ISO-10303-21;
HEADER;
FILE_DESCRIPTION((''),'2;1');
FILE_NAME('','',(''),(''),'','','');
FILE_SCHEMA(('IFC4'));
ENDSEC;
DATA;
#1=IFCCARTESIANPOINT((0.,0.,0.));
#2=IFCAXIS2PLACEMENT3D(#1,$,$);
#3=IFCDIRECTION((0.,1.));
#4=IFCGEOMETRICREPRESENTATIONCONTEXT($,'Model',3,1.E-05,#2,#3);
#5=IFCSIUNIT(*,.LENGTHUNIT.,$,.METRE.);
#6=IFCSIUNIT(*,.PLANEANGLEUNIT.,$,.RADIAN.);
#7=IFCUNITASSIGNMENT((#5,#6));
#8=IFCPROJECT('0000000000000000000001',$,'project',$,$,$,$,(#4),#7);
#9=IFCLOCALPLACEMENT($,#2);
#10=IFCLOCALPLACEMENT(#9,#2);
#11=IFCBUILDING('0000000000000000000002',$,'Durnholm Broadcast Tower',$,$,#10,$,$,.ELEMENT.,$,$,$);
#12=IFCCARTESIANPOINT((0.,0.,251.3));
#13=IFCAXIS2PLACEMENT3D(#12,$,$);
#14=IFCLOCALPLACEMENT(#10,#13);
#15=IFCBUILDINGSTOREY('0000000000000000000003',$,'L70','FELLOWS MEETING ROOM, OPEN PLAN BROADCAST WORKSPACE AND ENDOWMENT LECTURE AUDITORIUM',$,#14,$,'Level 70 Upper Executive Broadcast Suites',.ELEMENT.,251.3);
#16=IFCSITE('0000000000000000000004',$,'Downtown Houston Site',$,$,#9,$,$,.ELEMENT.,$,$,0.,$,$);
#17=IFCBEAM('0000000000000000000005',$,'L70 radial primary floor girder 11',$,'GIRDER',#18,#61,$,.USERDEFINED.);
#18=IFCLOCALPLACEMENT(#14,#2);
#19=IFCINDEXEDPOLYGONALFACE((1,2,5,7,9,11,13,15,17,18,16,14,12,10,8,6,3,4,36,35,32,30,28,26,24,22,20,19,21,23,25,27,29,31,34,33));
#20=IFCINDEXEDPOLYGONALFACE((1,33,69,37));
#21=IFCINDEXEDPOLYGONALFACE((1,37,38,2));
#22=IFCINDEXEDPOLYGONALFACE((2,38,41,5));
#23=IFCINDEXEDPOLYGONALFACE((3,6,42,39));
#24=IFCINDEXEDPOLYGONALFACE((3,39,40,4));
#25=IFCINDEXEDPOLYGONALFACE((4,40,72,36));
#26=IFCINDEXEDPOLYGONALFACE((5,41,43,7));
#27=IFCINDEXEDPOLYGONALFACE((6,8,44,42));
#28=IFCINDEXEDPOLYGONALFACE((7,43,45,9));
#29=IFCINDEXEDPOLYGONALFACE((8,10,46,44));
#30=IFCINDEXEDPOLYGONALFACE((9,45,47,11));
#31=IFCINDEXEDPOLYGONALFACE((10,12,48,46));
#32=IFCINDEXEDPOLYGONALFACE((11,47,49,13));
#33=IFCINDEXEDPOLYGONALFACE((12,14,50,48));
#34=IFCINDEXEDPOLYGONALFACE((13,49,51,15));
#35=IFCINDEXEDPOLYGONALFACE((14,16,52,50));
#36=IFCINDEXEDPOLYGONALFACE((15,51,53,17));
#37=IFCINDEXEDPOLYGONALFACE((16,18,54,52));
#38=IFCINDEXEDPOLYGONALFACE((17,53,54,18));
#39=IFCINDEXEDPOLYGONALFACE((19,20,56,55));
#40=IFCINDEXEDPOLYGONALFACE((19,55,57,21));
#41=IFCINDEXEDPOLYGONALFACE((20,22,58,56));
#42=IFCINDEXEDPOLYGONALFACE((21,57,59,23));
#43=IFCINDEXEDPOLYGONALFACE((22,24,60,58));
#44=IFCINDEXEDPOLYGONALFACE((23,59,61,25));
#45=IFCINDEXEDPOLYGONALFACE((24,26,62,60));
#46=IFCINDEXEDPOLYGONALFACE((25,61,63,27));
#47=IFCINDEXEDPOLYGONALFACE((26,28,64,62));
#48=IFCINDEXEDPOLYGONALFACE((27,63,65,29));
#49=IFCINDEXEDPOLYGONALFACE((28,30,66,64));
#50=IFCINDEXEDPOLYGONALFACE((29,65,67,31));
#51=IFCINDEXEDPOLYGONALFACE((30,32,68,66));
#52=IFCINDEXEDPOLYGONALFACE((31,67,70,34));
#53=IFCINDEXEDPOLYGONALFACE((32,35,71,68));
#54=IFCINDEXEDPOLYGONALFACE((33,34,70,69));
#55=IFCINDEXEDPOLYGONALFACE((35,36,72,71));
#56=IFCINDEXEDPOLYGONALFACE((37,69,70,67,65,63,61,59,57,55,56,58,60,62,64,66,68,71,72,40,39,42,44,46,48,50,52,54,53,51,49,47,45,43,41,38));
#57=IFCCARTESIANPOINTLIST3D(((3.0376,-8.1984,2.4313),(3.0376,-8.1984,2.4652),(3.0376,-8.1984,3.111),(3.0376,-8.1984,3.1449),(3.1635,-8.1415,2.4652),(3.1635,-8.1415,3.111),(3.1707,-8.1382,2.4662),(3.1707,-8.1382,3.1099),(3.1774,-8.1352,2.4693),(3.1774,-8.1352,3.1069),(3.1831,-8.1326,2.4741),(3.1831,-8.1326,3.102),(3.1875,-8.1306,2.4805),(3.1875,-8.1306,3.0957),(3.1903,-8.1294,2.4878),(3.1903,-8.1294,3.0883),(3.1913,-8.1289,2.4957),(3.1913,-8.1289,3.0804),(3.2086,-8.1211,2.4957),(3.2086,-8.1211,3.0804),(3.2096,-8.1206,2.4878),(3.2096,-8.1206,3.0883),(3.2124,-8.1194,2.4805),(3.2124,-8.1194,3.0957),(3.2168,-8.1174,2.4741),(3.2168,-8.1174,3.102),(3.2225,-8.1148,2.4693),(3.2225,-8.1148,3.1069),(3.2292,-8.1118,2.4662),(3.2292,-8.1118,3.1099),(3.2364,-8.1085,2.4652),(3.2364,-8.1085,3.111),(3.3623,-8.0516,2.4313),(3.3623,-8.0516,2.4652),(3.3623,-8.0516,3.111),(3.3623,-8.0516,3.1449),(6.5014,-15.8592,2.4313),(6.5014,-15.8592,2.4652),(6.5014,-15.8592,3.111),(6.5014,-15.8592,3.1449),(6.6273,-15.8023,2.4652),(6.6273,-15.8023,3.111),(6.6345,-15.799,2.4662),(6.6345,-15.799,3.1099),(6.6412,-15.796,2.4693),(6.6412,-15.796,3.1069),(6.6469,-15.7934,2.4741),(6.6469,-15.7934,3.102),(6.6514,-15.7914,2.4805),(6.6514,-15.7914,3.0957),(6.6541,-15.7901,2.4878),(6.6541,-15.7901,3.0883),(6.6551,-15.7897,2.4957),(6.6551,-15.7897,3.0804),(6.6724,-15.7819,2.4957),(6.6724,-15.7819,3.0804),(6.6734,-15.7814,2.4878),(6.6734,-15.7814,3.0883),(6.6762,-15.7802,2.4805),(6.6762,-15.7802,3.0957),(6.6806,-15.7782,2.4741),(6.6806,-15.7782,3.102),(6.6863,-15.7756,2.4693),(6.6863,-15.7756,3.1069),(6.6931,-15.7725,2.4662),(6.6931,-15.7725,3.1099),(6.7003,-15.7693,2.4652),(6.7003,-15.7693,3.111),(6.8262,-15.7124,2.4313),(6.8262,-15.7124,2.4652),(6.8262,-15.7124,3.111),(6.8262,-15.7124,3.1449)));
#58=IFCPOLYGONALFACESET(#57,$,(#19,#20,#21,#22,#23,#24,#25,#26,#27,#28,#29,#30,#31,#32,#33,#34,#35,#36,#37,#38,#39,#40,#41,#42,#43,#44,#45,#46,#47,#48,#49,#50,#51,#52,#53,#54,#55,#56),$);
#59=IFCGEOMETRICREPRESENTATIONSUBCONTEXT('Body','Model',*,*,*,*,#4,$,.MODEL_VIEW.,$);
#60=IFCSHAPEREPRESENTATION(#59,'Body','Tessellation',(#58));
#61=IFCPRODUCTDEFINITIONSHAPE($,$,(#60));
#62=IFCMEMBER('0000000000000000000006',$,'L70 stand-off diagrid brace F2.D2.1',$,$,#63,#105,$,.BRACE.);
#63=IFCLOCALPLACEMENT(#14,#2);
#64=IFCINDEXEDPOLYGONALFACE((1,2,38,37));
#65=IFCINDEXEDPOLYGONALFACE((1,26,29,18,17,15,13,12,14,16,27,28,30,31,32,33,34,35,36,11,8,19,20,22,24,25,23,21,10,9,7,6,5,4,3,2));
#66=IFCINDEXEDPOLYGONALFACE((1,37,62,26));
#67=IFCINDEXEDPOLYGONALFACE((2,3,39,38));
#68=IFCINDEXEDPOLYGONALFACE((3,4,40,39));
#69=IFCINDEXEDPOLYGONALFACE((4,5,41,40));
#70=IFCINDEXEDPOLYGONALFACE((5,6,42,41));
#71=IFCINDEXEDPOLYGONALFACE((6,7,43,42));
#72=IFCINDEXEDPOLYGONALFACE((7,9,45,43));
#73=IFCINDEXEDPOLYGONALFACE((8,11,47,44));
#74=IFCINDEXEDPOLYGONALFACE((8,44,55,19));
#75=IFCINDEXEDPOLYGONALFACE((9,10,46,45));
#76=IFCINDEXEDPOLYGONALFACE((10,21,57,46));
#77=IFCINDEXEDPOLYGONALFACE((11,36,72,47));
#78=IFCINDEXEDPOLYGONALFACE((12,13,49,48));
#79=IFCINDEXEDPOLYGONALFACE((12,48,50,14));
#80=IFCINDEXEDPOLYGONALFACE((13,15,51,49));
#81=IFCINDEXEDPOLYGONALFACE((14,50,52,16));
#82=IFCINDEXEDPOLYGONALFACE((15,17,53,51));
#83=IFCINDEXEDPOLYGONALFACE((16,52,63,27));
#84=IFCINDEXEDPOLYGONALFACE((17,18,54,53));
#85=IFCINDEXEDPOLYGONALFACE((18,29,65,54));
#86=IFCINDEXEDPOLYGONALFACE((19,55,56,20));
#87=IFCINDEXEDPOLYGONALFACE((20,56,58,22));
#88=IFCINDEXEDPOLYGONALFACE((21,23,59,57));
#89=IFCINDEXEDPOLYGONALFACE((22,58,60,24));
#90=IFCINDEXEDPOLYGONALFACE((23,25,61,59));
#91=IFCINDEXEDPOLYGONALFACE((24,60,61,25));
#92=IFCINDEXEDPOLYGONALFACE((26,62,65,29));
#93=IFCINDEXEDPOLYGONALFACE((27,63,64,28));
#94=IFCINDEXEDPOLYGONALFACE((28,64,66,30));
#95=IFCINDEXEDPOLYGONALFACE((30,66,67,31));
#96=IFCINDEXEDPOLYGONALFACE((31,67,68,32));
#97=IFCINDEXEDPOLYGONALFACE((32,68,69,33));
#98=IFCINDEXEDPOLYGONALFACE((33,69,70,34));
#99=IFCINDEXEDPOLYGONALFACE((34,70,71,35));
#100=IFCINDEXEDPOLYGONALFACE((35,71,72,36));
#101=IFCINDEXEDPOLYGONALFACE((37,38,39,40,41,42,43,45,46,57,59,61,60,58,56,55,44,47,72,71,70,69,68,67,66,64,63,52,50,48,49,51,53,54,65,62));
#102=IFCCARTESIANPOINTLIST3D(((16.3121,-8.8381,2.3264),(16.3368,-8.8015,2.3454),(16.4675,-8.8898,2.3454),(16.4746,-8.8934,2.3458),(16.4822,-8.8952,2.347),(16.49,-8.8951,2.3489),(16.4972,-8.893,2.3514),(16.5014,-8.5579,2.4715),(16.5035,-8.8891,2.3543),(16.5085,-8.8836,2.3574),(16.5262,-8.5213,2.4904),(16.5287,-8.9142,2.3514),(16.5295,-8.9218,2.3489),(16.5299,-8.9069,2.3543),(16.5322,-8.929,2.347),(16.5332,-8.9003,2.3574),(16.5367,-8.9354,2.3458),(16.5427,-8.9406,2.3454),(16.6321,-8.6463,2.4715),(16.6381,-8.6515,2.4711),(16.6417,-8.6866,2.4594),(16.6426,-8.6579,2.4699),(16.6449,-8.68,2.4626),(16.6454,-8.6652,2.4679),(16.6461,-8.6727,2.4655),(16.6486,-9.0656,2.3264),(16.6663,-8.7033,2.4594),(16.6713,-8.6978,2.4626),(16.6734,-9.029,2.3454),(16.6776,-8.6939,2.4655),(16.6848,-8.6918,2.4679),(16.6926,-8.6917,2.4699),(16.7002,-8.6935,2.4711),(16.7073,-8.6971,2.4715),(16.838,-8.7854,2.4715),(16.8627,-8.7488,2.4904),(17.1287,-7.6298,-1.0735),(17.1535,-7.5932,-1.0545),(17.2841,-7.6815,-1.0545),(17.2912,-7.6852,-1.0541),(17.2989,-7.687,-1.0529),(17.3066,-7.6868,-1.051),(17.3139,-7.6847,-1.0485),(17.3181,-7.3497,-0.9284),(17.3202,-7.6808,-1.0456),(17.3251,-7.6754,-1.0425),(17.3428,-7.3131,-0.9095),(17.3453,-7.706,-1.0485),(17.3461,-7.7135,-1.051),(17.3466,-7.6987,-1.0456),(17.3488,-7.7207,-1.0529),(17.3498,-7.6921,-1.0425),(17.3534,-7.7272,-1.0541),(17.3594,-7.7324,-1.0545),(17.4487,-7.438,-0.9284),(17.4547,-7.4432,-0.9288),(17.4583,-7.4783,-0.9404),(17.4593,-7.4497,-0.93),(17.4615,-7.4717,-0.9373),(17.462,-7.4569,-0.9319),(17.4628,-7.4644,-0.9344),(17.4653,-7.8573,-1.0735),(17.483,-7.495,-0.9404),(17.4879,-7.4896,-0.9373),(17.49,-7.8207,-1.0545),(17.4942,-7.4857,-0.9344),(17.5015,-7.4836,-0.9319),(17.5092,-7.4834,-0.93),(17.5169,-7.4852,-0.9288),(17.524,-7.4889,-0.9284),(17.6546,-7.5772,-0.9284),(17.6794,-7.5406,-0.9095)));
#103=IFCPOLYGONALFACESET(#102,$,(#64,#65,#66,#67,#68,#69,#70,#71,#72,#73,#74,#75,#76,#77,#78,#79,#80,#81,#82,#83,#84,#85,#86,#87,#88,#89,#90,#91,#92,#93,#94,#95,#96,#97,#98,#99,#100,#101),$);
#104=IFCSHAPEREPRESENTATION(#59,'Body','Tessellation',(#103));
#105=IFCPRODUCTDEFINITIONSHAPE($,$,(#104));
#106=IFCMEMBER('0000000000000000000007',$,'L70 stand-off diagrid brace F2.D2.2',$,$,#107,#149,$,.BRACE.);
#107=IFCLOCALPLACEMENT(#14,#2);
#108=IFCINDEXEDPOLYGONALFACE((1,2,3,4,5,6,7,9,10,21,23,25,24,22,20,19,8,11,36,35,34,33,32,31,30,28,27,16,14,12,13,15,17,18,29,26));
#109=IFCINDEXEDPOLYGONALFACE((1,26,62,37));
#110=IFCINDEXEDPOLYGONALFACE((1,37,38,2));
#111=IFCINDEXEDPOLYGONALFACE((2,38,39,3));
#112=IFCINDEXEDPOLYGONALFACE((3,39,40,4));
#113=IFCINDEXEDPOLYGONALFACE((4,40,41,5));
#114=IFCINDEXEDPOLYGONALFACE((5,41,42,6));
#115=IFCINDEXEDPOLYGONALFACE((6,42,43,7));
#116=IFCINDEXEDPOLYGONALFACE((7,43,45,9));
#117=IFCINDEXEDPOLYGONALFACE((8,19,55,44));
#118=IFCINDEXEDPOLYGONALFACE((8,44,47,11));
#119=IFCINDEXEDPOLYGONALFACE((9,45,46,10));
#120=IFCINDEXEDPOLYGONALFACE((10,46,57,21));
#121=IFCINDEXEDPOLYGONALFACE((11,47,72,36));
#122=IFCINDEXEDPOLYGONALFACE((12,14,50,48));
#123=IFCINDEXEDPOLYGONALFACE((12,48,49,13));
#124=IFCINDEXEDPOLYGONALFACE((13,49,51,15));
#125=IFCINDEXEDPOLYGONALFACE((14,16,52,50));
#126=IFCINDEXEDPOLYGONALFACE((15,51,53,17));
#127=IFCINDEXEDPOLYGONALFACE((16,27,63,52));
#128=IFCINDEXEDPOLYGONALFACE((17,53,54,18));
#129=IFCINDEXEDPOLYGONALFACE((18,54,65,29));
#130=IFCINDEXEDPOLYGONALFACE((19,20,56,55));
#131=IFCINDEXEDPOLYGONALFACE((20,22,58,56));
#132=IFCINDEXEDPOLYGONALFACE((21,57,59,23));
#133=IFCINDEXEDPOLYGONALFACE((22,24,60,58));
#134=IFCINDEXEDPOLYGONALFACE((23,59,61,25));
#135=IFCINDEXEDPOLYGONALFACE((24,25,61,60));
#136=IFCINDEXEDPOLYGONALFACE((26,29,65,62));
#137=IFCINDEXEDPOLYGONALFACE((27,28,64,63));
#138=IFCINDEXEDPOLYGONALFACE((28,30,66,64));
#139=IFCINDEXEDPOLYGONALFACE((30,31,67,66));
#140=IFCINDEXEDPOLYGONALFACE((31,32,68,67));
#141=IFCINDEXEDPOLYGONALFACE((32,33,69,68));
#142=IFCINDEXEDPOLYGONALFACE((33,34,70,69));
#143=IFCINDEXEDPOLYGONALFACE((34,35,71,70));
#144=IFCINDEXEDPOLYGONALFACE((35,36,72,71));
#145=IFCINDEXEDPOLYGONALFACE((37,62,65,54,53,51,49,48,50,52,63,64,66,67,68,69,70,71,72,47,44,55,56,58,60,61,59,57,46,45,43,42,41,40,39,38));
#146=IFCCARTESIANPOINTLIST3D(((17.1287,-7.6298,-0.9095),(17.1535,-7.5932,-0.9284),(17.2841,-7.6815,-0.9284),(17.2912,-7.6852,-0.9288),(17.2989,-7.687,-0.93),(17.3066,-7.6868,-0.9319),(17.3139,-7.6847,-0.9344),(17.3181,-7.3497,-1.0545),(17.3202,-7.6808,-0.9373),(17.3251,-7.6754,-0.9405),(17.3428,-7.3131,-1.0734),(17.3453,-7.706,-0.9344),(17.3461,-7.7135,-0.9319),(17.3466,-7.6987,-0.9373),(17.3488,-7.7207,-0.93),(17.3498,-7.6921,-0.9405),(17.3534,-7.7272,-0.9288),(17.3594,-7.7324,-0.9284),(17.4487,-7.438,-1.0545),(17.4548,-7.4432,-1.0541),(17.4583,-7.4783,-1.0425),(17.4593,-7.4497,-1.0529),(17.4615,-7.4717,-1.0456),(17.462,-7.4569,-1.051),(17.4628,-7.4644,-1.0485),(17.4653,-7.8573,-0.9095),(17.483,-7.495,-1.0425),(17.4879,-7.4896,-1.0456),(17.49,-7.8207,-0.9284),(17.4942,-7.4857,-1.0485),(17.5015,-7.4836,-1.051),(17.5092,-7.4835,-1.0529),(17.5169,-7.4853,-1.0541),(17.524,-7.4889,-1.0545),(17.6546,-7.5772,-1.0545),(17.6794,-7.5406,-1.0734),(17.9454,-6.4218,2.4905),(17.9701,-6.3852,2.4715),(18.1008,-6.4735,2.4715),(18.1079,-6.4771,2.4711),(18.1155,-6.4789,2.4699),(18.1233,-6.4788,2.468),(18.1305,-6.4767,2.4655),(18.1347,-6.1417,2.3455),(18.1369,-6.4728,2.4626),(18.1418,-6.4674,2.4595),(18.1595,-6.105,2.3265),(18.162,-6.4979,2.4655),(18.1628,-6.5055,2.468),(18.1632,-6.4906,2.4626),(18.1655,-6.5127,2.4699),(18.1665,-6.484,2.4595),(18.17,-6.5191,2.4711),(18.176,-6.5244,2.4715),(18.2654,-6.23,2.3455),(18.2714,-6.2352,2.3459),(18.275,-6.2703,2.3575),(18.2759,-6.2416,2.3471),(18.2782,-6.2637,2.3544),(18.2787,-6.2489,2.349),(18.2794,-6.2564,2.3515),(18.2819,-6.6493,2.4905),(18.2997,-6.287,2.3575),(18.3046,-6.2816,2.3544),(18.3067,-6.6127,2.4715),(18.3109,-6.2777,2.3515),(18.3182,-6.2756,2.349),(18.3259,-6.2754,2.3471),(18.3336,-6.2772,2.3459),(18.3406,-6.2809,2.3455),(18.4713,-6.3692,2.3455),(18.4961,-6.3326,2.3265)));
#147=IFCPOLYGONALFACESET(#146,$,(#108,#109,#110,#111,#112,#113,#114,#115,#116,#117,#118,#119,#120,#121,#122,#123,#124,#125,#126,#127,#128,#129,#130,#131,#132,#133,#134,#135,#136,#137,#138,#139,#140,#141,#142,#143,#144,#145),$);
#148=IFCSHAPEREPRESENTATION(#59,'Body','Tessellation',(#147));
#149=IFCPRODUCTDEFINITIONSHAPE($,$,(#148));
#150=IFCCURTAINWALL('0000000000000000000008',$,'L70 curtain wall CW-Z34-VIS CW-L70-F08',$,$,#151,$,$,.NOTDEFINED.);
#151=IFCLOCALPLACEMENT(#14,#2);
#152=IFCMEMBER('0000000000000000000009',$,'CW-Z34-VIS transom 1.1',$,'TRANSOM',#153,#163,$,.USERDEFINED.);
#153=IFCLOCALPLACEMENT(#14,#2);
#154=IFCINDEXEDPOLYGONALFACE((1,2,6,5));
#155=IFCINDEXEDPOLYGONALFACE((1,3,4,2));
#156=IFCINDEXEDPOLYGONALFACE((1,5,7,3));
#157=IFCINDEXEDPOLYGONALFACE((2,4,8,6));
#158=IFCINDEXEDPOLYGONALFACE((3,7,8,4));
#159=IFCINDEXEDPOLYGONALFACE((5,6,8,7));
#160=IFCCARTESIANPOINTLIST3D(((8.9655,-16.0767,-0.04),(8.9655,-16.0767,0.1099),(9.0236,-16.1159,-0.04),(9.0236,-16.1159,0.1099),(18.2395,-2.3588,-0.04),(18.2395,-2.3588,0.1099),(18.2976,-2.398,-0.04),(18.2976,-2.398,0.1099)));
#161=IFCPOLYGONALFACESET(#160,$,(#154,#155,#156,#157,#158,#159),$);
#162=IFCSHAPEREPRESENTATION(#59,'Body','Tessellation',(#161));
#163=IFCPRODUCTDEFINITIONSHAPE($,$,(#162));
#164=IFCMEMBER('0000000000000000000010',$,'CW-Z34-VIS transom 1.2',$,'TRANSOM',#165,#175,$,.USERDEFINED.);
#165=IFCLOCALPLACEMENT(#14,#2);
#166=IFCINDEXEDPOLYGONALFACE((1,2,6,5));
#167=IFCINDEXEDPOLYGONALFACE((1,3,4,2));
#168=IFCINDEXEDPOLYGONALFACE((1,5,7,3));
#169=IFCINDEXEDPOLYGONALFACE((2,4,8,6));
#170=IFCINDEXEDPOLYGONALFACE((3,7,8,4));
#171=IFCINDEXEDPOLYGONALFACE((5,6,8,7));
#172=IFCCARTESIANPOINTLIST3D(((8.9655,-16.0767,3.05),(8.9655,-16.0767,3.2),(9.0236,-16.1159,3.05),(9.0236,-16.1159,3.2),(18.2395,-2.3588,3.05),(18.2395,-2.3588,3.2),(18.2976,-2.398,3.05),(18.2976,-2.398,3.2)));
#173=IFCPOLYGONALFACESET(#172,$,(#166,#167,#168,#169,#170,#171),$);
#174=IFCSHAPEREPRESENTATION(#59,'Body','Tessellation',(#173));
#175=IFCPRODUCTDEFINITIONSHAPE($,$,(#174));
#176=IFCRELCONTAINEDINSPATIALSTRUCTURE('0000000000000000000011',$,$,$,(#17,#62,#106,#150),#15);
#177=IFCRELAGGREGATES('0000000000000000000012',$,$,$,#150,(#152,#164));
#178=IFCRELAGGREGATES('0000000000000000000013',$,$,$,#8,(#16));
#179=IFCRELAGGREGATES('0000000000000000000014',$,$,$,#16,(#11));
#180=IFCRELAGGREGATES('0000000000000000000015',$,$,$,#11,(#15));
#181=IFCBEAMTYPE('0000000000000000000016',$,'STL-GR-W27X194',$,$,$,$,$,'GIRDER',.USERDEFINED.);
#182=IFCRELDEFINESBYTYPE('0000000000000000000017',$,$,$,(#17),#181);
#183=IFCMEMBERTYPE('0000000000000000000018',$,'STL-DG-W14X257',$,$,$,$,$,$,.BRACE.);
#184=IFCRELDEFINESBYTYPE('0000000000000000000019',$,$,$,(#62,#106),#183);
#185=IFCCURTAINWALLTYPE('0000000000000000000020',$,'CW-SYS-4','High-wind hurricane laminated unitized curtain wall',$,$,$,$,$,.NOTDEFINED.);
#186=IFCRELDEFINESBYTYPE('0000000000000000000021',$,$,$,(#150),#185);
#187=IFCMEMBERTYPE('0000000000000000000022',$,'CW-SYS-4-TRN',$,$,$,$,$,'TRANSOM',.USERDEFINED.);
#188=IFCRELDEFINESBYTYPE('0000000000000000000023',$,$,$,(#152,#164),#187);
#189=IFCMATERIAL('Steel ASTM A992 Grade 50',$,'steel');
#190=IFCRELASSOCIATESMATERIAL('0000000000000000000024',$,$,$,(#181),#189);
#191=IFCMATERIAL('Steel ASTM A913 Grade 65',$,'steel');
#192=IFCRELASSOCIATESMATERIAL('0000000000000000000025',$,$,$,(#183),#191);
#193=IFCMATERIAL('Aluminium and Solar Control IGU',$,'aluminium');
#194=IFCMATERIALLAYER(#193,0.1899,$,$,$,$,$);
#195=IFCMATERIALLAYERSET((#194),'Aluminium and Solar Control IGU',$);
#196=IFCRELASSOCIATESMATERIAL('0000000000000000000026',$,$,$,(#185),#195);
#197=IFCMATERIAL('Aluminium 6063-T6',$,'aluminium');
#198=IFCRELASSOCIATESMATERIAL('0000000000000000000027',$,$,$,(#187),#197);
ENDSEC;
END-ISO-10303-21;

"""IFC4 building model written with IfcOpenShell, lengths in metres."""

from ifc_helpers import new_model, si_unit, direction, frame, origin, origin_2d, place, context, subcontext, project, spatial, rectangle, i_section, extrude, source, transform, mapped, material, layer, layer_set, material_profile, profile_set, type_object, type_shapes, element, aggregate, save


model = new_model("IFC4")

# Units and contexts
model_context = context("Model", 3, precision=1e-05, world=origin(), true_north=direction((0.0, 1.0)))
body_context = subcontext(model_context, "Body", "Model", "MODEL_VIEW")
ifc_project = project(units=[si_unit("LENGTHUNIT", "METRE"), si_unit("PLANEANGLEUNIT", "RADIAN")], contexts=[model_context])

# Site, building, storey
site_placement = place(None, origin())
site = spatial("IfcSite", under=ifc_project, at=site_placement, Name="Downtown Houston Site", CompositionType="ELEMENT", RefElevation=0.0)
building_placement = place(site_placement, origin())
building = spatial("IfcBuilding", under=site, at=building_placement, Name="Durnholm Broadcast Tower", CompositionType="ELEMENT")
storey_placement = place(building_placement, frame((0.0, 0.0, 251.3)))
storey = spatial("IfcBuildingStorey", under=building, at=storey_placement, Name="L70", Description="FELLOWS MEETING ROOM, OPEN PLAN BROADCAST WORKSPACE AND ENDOWMENT LECTURE AUDITORIUM", LongName="Level 70 Upper Executive Broadcast Suites", CompositionType="ELEMENT", Elevation=251.3)

# Beam
ifc_material_1 = material(Name="Steel ASTM A992 Grade 50", Category="steel")
ifc_material_profile_1 = material_profile(ifc_material_1, i_section(OverallWidth=0.3564, OverallDepth=0.7136, WebThickness=0.019, FlangeThickness=0.0339, FilletRadius=0.0305, at=origin_2d()), Name="W27X194")
ifc_profile_set_1 = profile_set([ifc_material_profile_1], Name="Steel ASTM A992 Grade 50")
beam_type_1 = type_object("IfcBeamType", Name="STL-GR-W27X194", ElementType="GIRDER", PredefinedType="USERDEFINED", material=ifc_profile_set_1)
shared_shape_1 = source(origin(), body_context, "Body", "SweptSolid", [
    extrude(i_section(OverallWidth=0.3564, OverallDepth=0.7136, WebThickness=0.019, FlangeThickness=0.0339, FilletRadius=0.0305, at=origin_2d()), origin(), (0.0, 0.0, 1.0), 8.4075),
])
beam_1_placement = place(storey_placement, frame((3.2, -8.125, 2.7881), z_axis=(0.411993, -0.911187, 0.0), x_axis=(0.911187, 0.411993, 0.0)))
element("IfcBeam", 1, at=beam_1_placement, inside=storey, type_object=beam_type_1, Name="L70 radial primary floor girder 11", ObjectType="GIRDER", PredefinedType="USERDEFINED", context=body_context, shape_type="MappedRepresentation", body=[
    mapped(shared_shape_1, transform((0.0, 0.0, 0.0), x_axis=(1.0, 0.0, 0.0), y_axis=(0.0, 1.0, 0.0), z_axis=(0.0, 0.0, 1.0), scale=1.0)),
])

# Members
ifc_material_2 = material(Name="Steel ASTM A913 Grade 65", Category="steel")
ifc_material_profile_2 = material_profile(ifc_material_2, i_section(OverallWidth=0.4062, OverallDepth=0.416, WebThickness=0.0298, FlangeThickness=0.0481, FilletRadius=0.0305, at=origin_2d()), Name="W14X257")
ifc_profile_set_2 = profile_set([ifc_material_profile_2], Name="Steel ASTM A913 Grade 65")
member_type_1 = type_object("IfcMemberType", Name="STL-DG-W14X257", PredefinedType="BRACE", material=ifc_profile_set_2)
shared_shape_2 = source(origin(), body_context, "Body", "SweptSolid", [
    extrude(i_section(OverallWidth=0.4062, OverallDepth=0.416, WebThickness=0.0298, FlangeThickness=0.0481, FilletRadius=0.0305, at=origin_2d()), origin(), (0.0, 0.0, 1.0), 3.6995),
])
type_shapes(member_type_1, [shared_shape_2])
for number, where, z_axis, x_axis, name in (
    (2, (17.4041, -7.5852, -0.9915), (-0.220748, -0.326601, 0.919023), (0.828505, -0.559982, 0.0), "L70 stand-off diagrid brace F2.D2.1"),
    (3, (17.4041, -7.5852, -0.9915), (0.220752, 0.326542, 0.919042), (-0.828452, 0.560059, 0.0), "L70 stand-off diagrid brace F2.D2.2"),
):
    element("IfcMember", number, at=place(storey_placement, frame(where, z_axis=z_axis, x_axis=x_axis)), inside=storey, type_object=member_type_1, Name=name, PredefinedType="BRACE", context=body_context, shape_type="MappedRepresentation", body=[
        mapped(shared_shape_2, transform((0.0, 0.0, 0.0), x_axis=(1.0, 0.0, 0.0), y_axis=(0.0, 1.0, 0.0), z_axis=(0.0, 0.0, 1.0), scale=1.0)),
    ])

# Curtain wall, members
ifc_material_3 = material(Name="Aluminium and Solar Control IGU", Category="aluminium")
ifc_layer_1 = layer(ifc_material_3, 0.1899)
ifc_layer_set_1 = layer_set([ifc_layer_1], Name="Aluminium and Solar Control IGU")
curtain_wall_type_1 = type_object("IfcCurtainWallType", Name="CW-SYS-4", Description="High-wind hurricane laminated unitized curtain wall", PredefinedType="NOTDEFINED", material=ifc_layer_set_1)
curtain_wall_1_placement = place(storey_placement, origin())
curtain_wall_1 = element("IfcCurtainWall", 4, at=curtain_wall_1_placement, inside=storey, type_object=curtain_wall_type_1, Name="L70 curtain wall CW-Z34-VIS CW-L70-F08", PredefinedType="NOTDEFINED")
ifc_material_4 = material(Name="Aluminium 6063-T6", Category="aluminium")
ifc_material_profile_3 = material_profile(ifc_material_4, rectangle(XDim=0.0701, YDim=0.1499, at=origin_2d()), Name="CWT70X150")
ifc_profile_set_3 = profile_set([ifc_material_profile_3], Name="Aluminium 6063-T6")
member_type_2 = type_object("IfcMemberType", Name="CW-SYS-4-TRN", ElementType="TRANSOM", PredefinedType="USERDEFINED", material=ifc_profile_set_3)
shared_shape_3 = source(origin(), body_context, "Body", "SweptSolid", [
    extrude(rectangle(XDim=0.0701, YDim=0.1499, at=origin_2d()), origin(), (0.0, 0.0, 1.0), 16.5586),
])
type_shapes(member_type_2, [shared_shape_3])
member_1_placement = place(storey_placement, frame((18.2686, -2.3784, 0.0349), z_axis=(-0.560071, -0.828444, 0.0), x_axis=(0.828444, -0.560071, 0.0)))
member_1 = element("IfcMember", 5, at=member_1_placement, type_object=member_type_2, Name="CW-Z34-VIS transom 1.1", ObjectType="TRANSOM", PredefinedType="USERDEFINED", context=body_context, shape_type="MappedRepresentation", body=[
    mapped(shared_shape_3, transform((0.0, 0.0, 0.0), x_axis=(1.0, 0.0, 0.0), y_axis=(0.0, 1.0, 0.0), z_axis=(0.0, 0.0, 1.0), scale=1.0)),
])
member_2_placement = place(storey_placement, frame((18.2686, -2.3784, 3.125), z_axis=(-0.560071, -0.828444, 0.0), x_axis=(0.828444, -0.560071, 0.0)))
member_2 = element("IfcMember", 6, at=member_2_placement, type_object=member_type_2, Name="CW-Z34-VIS transom 1.2", ObjectType="TRANSOM", PredefinedType="USERDEFINED", context=body_context, shape_type="MappedRepresentation", body=[
    mapped(shared_shape_3, transform((0.0, 0.0, 0.0), x_axis=(1.0, 0.0, 0.0), y_axis=(0.0, 1.0, 0.0), z_axis=(0.0, 0.0, 1.0), scale=1.0)),
])

aggregate(curtain_wall_1, [member_1, member_2])

save(model, "model.ifc")
